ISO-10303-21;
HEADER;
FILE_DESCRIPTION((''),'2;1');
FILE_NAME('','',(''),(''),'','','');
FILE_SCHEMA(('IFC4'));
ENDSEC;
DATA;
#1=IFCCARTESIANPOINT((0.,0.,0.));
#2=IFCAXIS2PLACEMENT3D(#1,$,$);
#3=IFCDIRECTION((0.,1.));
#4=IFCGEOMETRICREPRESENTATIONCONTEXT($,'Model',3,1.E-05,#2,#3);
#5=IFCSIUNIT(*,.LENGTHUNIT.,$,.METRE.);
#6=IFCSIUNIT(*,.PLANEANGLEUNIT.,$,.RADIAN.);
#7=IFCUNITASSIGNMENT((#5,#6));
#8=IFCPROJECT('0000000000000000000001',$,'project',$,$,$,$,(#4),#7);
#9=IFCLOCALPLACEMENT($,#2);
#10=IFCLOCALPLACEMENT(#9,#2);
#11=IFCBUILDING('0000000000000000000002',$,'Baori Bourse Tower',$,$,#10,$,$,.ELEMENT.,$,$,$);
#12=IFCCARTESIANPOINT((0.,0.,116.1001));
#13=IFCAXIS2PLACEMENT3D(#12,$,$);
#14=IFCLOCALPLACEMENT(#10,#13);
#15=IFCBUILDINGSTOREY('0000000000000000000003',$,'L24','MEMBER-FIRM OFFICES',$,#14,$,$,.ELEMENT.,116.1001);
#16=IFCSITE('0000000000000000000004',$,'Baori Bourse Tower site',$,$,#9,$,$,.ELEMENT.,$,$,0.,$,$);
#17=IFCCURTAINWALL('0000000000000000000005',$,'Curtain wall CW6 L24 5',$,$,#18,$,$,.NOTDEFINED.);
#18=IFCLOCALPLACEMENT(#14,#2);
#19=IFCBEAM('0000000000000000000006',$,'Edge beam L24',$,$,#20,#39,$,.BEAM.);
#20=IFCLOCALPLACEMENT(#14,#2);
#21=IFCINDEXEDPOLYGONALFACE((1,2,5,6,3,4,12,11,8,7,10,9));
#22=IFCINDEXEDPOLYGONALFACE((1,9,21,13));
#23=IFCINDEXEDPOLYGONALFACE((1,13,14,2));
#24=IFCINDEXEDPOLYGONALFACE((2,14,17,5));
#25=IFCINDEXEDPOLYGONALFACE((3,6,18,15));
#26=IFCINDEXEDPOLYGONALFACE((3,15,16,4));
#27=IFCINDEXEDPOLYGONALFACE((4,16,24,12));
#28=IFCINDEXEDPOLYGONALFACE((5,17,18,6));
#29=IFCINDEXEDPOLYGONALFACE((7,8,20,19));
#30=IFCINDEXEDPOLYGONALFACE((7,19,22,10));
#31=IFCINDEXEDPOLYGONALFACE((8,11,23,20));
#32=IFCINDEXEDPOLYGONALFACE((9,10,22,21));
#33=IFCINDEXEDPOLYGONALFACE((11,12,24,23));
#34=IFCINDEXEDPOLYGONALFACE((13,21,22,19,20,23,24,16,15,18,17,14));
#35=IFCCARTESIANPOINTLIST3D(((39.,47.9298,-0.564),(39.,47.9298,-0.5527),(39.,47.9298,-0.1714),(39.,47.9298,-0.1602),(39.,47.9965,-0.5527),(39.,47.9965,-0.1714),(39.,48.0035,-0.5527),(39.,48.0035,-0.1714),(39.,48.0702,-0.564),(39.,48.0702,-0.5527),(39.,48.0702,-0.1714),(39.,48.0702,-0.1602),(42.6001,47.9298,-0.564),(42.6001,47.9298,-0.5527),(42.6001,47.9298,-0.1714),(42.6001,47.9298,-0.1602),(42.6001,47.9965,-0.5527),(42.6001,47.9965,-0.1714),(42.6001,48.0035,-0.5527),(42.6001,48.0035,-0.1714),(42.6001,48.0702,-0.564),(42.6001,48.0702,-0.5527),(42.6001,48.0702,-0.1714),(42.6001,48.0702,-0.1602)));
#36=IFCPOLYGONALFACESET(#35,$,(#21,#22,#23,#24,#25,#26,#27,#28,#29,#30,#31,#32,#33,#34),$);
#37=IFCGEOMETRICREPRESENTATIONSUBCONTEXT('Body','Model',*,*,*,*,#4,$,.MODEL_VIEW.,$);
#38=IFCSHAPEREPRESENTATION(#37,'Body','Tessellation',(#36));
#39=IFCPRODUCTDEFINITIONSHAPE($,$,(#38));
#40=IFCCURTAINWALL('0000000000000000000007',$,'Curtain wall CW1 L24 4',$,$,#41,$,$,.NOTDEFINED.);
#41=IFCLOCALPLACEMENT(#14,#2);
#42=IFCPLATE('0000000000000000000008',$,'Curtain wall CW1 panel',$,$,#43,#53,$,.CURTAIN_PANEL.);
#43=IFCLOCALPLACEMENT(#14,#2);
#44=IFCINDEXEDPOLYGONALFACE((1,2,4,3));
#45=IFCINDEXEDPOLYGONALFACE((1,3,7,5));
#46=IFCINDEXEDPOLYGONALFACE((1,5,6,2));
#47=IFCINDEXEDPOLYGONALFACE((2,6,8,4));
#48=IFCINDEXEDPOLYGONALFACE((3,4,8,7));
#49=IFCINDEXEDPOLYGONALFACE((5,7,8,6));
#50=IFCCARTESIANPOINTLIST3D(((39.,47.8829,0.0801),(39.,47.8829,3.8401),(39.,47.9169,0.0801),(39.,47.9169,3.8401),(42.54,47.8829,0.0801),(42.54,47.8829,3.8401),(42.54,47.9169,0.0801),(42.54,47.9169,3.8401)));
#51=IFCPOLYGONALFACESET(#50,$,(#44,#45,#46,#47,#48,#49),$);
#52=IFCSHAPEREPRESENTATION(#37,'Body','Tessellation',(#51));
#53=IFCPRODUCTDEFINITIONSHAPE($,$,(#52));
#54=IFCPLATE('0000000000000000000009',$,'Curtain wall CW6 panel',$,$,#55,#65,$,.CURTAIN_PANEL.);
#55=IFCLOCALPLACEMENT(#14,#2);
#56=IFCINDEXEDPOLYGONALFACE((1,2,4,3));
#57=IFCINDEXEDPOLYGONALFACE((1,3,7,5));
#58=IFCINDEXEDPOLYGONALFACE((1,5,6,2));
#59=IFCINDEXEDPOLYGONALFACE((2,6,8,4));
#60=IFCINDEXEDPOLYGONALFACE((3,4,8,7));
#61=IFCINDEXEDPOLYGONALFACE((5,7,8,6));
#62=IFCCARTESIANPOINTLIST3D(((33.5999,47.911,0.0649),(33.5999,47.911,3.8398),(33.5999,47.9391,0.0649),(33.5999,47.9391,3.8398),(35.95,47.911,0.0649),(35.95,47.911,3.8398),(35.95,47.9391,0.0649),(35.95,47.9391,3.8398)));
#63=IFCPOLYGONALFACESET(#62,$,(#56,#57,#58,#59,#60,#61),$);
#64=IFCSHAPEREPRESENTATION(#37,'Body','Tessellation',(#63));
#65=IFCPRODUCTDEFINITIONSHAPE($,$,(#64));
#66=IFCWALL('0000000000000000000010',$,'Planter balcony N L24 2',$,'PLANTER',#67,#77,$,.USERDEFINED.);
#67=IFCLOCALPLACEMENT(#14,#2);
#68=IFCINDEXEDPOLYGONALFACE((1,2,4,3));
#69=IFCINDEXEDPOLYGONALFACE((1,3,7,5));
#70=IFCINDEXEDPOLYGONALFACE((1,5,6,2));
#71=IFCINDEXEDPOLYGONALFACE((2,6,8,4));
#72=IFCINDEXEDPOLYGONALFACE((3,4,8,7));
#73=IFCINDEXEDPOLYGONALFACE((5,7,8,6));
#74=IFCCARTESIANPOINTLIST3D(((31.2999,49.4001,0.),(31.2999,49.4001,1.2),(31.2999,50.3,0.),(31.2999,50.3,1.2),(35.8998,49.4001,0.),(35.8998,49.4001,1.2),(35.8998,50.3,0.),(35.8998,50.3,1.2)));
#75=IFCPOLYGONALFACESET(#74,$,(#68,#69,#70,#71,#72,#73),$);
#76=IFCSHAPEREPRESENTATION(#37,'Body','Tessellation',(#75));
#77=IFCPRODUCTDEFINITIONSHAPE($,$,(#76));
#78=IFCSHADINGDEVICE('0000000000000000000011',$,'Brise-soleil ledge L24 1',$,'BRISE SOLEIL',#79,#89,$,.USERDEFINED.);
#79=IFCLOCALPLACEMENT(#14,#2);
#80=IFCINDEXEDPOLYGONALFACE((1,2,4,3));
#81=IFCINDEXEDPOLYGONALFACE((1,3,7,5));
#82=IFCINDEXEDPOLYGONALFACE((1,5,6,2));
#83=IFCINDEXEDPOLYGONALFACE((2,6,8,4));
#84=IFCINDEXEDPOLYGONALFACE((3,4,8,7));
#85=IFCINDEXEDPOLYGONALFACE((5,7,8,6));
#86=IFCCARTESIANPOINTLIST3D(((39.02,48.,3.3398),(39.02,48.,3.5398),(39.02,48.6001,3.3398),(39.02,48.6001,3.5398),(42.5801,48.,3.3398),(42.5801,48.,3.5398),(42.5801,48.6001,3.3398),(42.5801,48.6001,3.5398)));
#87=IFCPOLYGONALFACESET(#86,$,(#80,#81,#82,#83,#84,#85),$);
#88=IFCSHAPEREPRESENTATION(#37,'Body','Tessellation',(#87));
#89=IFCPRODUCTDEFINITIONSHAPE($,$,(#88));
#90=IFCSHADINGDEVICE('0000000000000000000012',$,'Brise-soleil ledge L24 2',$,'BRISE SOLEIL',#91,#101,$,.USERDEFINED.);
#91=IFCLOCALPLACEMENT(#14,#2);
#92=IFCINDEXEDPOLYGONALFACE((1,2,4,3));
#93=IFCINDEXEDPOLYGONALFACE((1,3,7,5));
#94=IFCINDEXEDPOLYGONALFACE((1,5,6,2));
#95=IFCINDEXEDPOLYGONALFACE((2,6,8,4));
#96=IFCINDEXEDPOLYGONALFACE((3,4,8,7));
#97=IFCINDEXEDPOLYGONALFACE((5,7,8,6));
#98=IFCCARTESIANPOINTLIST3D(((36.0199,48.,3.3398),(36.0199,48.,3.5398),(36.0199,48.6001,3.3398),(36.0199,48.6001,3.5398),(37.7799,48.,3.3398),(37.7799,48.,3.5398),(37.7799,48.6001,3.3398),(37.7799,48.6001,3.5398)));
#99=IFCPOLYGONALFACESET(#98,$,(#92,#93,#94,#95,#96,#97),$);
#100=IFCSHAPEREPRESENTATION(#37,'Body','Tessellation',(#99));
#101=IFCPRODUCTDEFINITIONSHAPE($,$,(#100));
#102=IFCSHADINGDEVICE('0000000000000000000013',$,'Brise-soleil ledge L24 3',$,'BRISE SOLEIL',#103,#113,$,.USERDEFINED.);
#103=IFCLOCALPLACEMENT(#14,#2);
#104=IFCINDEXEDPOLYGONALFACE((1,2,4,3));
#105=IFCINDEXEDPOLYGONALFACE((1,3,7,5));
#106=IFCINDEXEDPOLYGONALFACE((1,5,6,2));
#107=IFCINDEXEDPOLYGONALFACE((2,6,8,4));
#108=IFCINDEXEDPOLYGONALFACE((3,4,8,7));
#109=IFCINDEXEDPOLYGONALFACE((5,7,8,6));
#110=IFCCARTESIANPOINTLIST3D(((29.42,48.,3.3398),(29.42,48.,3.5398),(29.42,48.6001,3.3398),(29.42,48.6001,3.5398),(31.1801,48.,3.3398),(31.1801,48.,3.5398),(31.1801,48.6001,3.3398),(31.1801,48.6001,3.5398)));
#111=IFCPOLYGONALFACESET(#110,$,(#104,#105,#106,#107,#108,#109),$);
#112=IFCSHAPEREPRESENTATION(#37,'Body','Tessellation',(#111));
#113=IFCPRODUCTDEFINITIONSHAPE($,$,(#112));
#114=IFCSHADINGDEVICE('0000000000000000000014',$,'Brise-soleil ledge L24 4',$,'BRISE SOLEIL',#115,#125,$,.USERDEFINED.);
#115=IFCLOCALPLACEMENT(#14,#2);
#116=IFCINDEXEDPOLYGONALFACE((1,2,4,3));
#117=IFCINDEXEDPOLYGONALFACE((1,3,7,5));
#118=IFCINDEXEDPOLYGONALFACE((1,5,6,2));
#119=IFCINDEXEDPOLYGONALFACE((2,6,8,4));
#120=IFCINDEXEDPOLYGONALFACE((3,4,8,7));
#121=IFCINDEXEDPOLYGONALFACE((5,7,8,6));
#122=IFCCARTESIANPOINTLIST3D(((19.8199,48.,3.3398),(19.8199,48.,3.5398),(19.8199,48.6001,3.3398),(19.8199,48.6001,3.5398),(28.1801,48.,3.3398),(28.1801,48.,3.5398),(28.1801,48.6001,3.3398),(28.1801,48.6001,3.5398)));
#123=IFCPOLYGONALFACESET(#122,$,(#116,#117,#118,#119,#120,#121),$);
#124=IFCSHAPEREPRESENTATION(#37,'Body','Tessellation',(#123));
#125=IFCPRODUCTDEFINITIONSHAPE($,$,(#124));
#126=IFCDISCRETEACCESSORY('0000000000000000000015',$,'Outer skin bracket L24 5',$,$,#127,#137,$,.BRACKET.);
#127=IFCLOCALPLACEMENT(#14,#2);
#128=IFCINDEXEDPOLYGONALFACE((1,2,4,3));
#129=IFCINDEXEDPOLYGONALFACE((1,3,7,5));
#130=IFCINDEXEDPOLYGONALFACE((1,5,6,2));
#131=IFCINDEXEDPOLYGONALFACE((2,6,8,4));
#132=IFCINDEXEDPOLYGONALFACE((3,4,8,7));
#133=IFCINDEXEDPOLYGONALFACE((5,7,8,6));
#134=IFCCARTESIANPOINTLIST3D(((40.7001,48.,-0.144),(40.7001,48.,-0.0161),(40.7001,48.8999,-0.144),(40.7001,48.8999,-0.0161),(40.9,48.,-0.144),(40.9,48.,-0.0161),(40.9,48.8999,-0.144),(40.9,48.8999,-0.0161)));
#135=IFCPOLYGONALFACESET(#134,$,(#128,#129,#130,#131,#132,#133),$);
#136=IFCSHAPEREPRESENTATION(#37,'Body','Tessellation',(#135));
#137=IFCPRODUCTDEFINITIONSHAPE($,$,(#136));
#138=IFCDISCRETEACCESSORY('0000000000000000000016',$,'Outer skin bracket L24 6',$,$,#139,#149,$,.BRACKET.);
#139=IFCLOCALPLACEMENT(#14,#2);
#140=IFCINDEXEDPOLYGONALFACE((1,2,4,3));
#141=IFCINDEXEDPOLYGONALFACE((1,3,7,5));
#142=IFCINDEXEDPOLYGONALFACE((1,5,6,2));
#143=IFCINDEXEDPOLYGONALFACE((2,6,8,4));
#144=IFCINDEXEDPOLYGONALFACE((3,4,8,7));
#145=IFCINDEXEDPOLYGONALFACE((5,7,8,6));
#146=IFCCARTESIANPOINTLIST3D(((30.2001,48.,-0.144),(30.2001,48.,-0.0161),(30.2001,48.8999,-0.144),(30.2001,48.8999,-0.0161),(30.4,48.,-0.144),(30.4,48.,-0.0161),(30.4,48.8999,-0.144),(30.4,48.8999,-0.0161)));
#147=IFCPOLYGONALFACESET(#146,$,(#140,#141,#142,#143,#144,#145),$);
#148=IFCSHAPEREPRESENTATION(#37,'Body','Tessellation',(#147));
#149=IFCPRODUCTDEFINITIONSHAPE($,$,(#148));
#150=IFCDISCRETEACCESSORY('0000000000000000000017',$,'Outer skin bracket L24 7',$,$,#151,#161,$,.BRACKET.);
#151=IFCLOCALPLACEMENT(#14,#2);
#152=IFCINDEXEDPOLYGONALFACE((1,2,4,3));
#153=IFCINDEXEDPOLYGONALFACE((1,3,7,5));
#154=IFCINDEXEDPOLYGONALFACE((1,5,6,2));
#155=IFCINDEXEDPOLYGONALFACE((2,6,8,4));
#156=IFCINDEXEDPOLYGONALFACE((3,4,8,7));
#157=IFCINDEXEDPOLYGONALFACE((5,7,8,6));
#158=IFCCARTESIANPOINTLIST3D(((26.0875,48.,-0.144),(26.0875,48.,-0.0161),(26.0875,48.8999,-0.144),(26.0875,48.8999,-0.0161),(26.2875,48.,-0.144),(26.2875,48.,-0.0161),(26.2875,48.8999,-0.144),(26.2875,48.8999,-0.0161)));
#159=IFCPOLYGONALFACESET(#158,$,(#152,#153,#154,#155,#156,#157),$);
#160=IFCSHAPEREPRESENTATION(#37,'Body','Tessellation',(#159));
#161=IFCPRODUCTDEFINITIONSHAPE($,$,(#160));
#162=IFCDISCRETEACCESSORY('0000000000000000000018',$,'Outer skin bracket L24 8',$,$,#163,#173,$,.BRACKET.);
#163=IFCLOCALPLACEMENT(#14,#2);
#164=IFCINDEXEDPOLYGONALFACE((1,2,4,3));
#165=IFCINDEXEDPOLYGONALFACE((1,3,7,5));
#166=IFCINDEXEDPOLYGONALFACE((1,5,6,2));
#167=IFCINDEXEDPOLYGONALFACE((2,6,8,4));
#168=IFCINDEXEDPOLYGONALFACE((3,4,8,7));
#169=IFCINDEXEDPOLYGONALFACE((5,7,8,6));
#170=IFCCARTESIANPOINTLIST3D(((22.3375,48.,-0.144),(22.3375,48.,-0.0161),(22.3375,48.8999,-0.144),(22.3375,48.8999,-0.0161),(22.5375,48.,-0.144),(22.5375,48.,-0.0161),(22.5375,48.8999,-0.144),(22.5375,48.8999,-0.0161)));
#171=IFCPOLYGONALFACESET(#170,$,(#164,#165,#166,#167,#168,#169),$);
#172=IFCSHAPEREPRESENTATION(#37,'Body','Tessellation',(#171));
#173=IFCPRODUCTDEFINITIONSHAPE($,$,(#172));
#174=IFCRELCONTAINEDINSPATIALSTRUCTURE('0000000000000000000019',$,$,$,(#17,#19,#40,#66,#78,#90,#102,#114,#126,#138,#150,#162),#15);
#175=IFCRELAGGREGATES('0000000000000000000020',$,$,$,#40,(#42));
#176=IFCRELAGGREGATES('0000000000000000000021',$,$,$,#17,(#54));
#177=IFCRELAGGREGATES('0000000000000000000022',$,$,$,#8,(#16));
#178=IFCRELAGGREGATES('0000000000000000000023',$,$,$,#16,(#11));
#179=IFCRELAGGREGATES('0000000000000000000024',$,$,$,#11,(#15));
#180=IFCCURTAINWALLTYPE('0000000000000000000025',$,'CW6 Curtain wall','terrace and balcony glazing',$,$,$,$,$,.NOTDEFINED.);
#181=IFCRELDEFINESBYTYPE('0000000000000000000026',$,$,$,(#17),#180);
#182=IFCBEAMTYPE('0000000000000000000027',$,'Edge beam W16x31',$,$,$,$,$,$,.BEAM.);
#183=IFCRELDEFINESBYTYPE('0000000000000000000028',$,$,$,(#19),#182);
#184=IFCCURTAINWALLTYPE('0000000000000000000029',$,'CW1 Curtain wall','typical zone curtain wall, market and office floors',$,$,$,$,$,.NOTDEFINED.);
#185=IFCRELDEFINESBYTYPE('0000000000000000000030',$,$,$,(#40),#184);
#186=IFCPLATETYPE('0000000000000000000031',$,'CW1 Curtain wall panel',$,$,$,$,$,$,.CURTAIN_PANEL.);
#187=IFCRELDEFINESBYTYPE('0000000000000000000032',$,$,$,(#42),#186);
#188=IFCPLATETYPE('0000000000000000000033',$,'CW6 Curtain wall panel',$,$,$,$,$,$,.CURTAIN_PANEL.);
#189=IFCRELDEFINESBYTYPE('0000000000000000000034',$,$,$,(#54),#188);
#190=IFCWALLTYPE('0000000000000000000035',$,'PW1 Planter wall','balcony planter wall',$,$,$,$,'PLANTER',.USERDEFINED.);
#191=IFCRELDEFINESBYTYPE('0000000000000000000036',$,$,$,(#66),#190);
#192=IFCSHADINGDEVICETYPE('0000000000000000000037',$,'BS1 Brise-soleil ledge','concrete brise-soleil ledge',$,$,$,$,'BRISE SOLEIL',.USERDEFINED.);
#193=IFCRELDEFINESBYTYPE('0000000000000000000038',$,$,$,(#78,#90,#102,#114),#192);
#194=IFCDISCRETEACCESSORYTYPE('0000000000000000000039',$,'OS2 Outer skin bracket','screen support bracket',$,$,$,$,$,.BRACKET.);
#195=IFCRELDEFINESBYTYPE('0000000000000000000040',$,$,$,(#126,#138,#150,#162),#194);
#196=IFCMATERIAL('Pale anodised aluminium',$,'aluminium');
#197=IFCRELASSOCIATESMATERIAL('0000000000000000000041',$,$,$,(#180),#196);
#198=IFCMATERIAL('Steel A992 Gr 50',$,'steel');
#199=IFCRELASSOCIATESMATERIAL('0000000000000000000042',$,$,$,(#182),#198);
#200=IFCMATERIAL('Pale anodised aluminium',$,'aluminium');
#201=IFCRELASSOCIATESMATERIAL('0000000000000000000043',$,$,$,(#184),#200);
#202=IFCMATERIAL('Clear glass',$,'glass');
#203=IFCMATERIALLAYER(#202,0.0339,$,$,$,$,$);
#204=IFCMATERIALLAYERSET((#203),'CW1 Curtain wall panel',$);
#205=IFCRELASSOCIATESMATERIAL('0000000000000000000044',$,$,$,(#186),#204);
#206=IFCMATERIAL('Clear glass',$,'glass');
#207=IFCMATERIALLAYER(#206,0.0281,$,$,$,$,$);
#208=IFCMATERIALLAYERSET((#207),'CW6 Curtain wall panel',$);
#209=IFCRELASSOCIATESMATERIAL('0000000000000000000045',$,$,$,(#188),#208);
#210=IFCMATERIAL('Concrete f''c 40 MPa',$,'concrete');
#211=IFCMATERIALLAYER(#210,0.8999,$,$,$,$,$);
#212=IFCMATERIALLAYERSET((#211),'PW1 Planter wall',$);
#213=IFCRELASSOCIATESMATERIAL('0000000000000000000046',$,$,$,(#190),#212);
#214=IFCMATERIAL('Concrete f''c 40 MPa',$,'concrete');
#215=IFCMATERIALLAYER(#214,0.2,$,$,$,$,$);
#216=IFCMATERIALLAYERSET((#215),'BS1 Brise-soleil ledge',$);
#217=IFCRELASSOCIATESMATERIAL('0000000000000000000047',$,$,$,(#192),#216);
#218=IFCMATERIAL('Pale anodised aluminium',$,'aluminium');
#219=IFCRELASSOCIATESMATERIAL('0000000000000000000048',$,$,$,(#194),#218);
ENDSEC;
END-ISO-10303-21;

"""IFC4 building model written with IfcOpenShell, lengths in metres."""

from ifc_helpers import new_model, si_unit, direction, frame, frame_2d, origin, origin_2d, place, context, subcontext, project, spatial, rectangle, i_section, extrude, material, layer, layer_set, material_profile, profile_set, type_object, element, aggregate, save


model = new_model("IFC4")

# Units and contexts
model_context = context("Model", 3, precision=1e-05, world=origin(), true_north=direction((0.0, 1.0)))
body_context = subcontext(model_context, "Body", "Model", "MODEL_VIEW")
ifc_project = project(units=[si_unit("LENGTHUNIT", "METRE"), si_unit("PLANEANGLEUNIT", "RADIAN")], contexts=[model_context])

# Site, building, storey
site_placement = place(None, origin())
site = spatial("IfcSite", under=ifc_project, at=site_placement, Name="Baori Bourse Tower site", CompositionType="ELEMENT", RefElevation=0.0)
building_placement = place(site_placement, origin())
building = spatial("IfcBuilding", under=site, at=building_placement, Name="Baori Bourse Tower", CompositionType="ELEMENT")
storey_placement = place(building_placement, frame((0.0, 0.0, 116.1001)))
storey = spatial("IfcBuildingStorey", under=building, at=storey_placement, Name="L24", Description="MEMBER-FIRM OFFICES", CompositionType="ELEMENT", Elevation=116.1001)

# Curtain wall
ifc_material_1 = material(Name="Pale anodised aluminium", Category="aluminium")
curtain_wall_type_1 = type_object("IfcCurtainWallType", Name="CW6 Curtain wall", Description="terrace and balcony glazing", PredefinedType="NOTDEFINED", material=ifc_material_1)
curtain_wall_1_placement = place(storey_placement, origin())
curtain_wall_1 = element("IfcCurtainWall", 1, at=curtain_wall_1_placement, inside=storey, type_object=curtain_wall_type_1, Name="Curtain wall CW6 L24 5", PredefinedType="NOTDEFINED")

# Beam
ifc_material_2 = material(Name="Steel A992 Gr 50", Category="steel")
ifc_material_profile_1 = material_profile(ifc_material_2, i_section(OverallWidth=0.1404, OverallDepth=0.4038, WebThickness=0.0071, FlangeThickness=0.0112, at=origin_2d()), Name="W16x31")
ifc_profile_set_1 = profile_set([ifc_material_profile_1], Name="Steel A992 Gr 50")
beam_type_1 = type_object("IfcBeamType", Name="Edge beam W16x31", PredefinedType="BEAM", material=ifc_profile_set_1)
beam_1_placement = place(storey_placement, frame((39.0, 48.0, -0.3621), z_axis=(1.0, 0.0, 0.0), x_axis=(0.0, 1.0, 0.0)))
element("IfcBeam", 2, at=beam_1_placement, inside=storey, type_object=beam_type_1, Name="Edge beam L24", PredefinedType="BEAM", context=body_context, shape_type="SweptSolid", body=[
    extrude(i_section(OverallWidth=0.1404, OverallDepth=0.4038, WebThickness=0.0071, FlangeThickness=0.0112, at=origin_2d()), origin(), (0.0, 0.0, 1.0), 3.6001),
])

# Curtain wall, plate
ifc_material_3 = material(Name="Pale anodised aluminium", Category="aluminium")
curtain_wall_type_2 = type_object("IfcCurtainWallType", Name="CW1 Curtain wall", Description="typical zone curtain wall, market and office floors", PredefinedType="NOTDEFINED", material=ifc_material_3)
curtain_wall_2_placement = place(storey_placement, origin())
curtain_wall_2 = element("IfcCurtainWall", 3, at=curtain_wall_2_placement, inside=storey, type_object=curtain_wall_type_2, Name="Curtain wall CW1 L24 4", PredefinedType="NOTDEFINED")
ifc_material_4 = material(Name="Clear glass", Category="glass")
ifc_layer_1 = layer(ifc_material_4, 0.0339)
ifc_layer_set_1 = layer_set([ifc_layer_1], Name="CW1 Curtain wall panel")
plate_type_1 = type_object("IfcPlateType", Name="CW1 Curtain wall panel", PredefinedType="CURTAIN_PANEL", material=ifc_layer_set_1)
plate_1_placement = place(storey_placement, frame((40.77, 47.8999, 0.0801), z_axis=(0.0, 0.0, 1.0), x_axis=(-1.0, 0.0, 0.0)))
plate_1 = element("IfcPlate", 4, at=plate_1_placement, type_object=plate_type_1, Name="Curtain wall CW1 panel", PredefinedType="CURTAIN_PANEL", context=body_context, shape_type="SweptSolid", body=[
    extrude(rectangle(XDim=3.54, YDim=0.0339, at=origin_2d()), origin(), (0.0, 0.0, 1.0), 3.76),
])
aggregate(curtain_wall_2, [plate_1])

# Plate
ifc_material_5 = material(Name="Clear glass", Category="glass")
ifc_layer_2 = layer(ifc_material_5, 0.0281)
ifc_layer_set_2 = layer_set([ifc_layer_2], Name="CW6 Curtain wall panel")
plate_type_2 = type_object("IfcPlateType", Name="CW6 Curtain wall panel", PredefinedType="CURTAIN_PANEL", material=ifc_layer_set_2)
plate_2_placement = place(storey_placement, frame((34.7749, 47.925, 0.0649), z_axis=(0.0, 0.0, 1.0), x_axis=(-1.0, 0.0, 0.0)))
plate_2 = element("IfcPlate", 5, at=plate_2_placement, type_object=plate_type_2, Name="Curtain wall CW6 panel", PredefinedType="CURTAIN_PANEL", context=body_context, shape_type="SweptSolid", body=[
    extrude(rectangle(XDim=2.3501, YDim=0.0281, at=origin_2d()), origin(), (0.0, 0.0, 1.0), 3.7749),
])
aggregate(curtain_wall_1, [plate_2])

# Wall
ifc_material_6 = material(Name="Concrete f'c 40 MPa", Category="concrete")
ifc_layer_3 = layer(ifc_material_6, 0.8999)
ifc_layer_set_3 = layer_set([ifc_layer_3], Name="PW1 Planter wall")
wall_type = type_object("IfcWallType", Name="PW1 Planter wall", Description="balcony planter wall", ElementType="PLANTER", PredefinedType="USERDEFINED", material=ifc_layer_set_3)
wall_placement = place(storey_placement, frame((31.3, 49.8501, 0.0), z_axis=(0.0, 0.0, 1.0), x_axis=(1.0, 0.0, 0.0)))
element("IfcWall", 6, at=wall_placement, inside=storey, type_object=wall_type, Name="Planter balcony N L24 2", ObjectType="PLANTER", PredefinedType="USERDEFINED", context=body_context, shape_type="SweptSolid", body=[
    extrude(rectangle(XDim=4.5999, YDim=0.8999, at=frame_2d((2.2998, 0.0))), origin(), (0.0, 0.0, 1.0), 1.2),
])

# Shading devices
ifc_material_7 = material(Name="Concrete f'c 40 MPa", Category="concrete")
ifc_layer_4 = layer(ifc_material_7, 0.2)
ifc_layer_set_4 = layer_set([ifc_layer_4], Name="BS1 Brise-soleil ledge")
shading_device_type = type_object("IfcShadingDeviceType", Name="BS1 Brise-soleil ledge", Description="concrete brise-soleil ledge", ElementType="BRISE SOLEIL", PredefinedType="USERDEFINED", material=ifc_layer_set_4)
shading_device_1_placement = place(storey_placement, frame((40.8, 48.3, 3.3398), z_axis=(0.0, 0.0, 1.0), x_axis=(-1.0, 0.0, 0.0)))
element("IfcShadingDevice", 7, at=shading_device_1_placement, inside=storey, type_object=shading_device_type, Name="Brise-soleil ledge L24 1", ObjectType="BRISE SOLEIL", PredefinedType="USERDEFINED", context=body_context, shape_type="SweptSolid", body=[
    extrude(rectangle(XDim=3.5601, YDim=0.6001, at=origin_2d()), origin(), (0.0, 0.0, 1.0), 0.2),
])
for number, where, z_axis, x_axis, name in (
    (8, (36.8999, 48.3, 3.3398), (0.0, 0.0, 1.0), (-1.0, 0.0, 0.0), "Brise-soleil ledge L24 2"),
    (9, (30.3, 48.3, 3.3398), (0.0, 0.0, 1.0), (-1.0, 0.0, 0.0), "Brise-soleil ledge L24 3"),
):
    element("IfcShadingDevice", number, at=place(storey_placement, frame(where, z_axis=z_axis, x_axis=x_axis)), inside=storey, type_object=shading_device_type, Name=name, ObjectType="BRISE SOLEIL", PredefinedType="USERDEFINED", context=body_context, shape_type="SweptSolid", body=[
        extrude(rectangle(XDim=1.76, YDim=0.6001, at=origin_2d()), origin(), (0.0, 0.0, 1.0), 0.2),
    ])
shading_device_2_placement = place(storey_placement, frame((24.0, 48.3, 3.3398), z_axis=(0.0, 0.0, 1.0), x_axis=(-1.0, 0.0, 0.0)))
element("IfcShadingDevice", 10, at=shading_device_2_placement, inside=storey, type_object=shading_device_type, Name="Brise-soleil ledge L24 4", ObjectType="BRISE SOLEIL", PredefinedType="USERDEFINED", context=body_context, shape_type="SweptSolid", body=[
    extrude(rectangle(XDim=8.3601, YDim=0.6001, at=origin_2d()), origin(), (0.0, 0.0, 1.0), 0.2),
])

# Discrete accessories
ifc_material_8 = material(Name="Pale anodised aluminium", Category="aluminium")
discrete_accessory_type = type_object("IfcDiscreteAccessoryType", Name="OS2 Outer skin bracket", Description="screen support bracket", PredefinedType="BRACKET", material=ifc_material_8)
for number, where, z_axis, x_axis, name in (
    (11, (40.8, 48.45, -0.144), (0.0, 0.0, 1.0), (-1.0, 0.0, 0.0), "Outer skin bracket L24 5"),
    (12, (30.3, 48.45, -0.144), (0.0, 0.0, 1.0), (-1.0, 0.0, 0.0), "Outer skin bracket L24 6"),
    (13, (26.1875, 48.45, -0.144), (0.0, 0.0, 1.0), (-1.0, 0.0, 0.0), "Outer skin bracket L24 7"),
    (14, (22.4375, 48.45, -0.144), (0.0, 0.0, 1.0), (-1.0, 0.0, 0.0), "Outer skin bracket L24 8"),
):
    element("IfcDiscreteAccessory", number, at=place(storey_placement, frame(where, z_axis=z_axis, x_axis=x_axis)), inside=storey, type_object=discrete_accessory_type, Name=name, PredefinedType="BRACKET", context=body_context, shape_type="SweptSolid", body=[
        extrude(rectangle(XDim=0.2, YDim=0.8999, at=origin_2d()), origin(), (0.0, 0.0, 1.0), 0.1279),
    ])

save(model, "model.ifc")
